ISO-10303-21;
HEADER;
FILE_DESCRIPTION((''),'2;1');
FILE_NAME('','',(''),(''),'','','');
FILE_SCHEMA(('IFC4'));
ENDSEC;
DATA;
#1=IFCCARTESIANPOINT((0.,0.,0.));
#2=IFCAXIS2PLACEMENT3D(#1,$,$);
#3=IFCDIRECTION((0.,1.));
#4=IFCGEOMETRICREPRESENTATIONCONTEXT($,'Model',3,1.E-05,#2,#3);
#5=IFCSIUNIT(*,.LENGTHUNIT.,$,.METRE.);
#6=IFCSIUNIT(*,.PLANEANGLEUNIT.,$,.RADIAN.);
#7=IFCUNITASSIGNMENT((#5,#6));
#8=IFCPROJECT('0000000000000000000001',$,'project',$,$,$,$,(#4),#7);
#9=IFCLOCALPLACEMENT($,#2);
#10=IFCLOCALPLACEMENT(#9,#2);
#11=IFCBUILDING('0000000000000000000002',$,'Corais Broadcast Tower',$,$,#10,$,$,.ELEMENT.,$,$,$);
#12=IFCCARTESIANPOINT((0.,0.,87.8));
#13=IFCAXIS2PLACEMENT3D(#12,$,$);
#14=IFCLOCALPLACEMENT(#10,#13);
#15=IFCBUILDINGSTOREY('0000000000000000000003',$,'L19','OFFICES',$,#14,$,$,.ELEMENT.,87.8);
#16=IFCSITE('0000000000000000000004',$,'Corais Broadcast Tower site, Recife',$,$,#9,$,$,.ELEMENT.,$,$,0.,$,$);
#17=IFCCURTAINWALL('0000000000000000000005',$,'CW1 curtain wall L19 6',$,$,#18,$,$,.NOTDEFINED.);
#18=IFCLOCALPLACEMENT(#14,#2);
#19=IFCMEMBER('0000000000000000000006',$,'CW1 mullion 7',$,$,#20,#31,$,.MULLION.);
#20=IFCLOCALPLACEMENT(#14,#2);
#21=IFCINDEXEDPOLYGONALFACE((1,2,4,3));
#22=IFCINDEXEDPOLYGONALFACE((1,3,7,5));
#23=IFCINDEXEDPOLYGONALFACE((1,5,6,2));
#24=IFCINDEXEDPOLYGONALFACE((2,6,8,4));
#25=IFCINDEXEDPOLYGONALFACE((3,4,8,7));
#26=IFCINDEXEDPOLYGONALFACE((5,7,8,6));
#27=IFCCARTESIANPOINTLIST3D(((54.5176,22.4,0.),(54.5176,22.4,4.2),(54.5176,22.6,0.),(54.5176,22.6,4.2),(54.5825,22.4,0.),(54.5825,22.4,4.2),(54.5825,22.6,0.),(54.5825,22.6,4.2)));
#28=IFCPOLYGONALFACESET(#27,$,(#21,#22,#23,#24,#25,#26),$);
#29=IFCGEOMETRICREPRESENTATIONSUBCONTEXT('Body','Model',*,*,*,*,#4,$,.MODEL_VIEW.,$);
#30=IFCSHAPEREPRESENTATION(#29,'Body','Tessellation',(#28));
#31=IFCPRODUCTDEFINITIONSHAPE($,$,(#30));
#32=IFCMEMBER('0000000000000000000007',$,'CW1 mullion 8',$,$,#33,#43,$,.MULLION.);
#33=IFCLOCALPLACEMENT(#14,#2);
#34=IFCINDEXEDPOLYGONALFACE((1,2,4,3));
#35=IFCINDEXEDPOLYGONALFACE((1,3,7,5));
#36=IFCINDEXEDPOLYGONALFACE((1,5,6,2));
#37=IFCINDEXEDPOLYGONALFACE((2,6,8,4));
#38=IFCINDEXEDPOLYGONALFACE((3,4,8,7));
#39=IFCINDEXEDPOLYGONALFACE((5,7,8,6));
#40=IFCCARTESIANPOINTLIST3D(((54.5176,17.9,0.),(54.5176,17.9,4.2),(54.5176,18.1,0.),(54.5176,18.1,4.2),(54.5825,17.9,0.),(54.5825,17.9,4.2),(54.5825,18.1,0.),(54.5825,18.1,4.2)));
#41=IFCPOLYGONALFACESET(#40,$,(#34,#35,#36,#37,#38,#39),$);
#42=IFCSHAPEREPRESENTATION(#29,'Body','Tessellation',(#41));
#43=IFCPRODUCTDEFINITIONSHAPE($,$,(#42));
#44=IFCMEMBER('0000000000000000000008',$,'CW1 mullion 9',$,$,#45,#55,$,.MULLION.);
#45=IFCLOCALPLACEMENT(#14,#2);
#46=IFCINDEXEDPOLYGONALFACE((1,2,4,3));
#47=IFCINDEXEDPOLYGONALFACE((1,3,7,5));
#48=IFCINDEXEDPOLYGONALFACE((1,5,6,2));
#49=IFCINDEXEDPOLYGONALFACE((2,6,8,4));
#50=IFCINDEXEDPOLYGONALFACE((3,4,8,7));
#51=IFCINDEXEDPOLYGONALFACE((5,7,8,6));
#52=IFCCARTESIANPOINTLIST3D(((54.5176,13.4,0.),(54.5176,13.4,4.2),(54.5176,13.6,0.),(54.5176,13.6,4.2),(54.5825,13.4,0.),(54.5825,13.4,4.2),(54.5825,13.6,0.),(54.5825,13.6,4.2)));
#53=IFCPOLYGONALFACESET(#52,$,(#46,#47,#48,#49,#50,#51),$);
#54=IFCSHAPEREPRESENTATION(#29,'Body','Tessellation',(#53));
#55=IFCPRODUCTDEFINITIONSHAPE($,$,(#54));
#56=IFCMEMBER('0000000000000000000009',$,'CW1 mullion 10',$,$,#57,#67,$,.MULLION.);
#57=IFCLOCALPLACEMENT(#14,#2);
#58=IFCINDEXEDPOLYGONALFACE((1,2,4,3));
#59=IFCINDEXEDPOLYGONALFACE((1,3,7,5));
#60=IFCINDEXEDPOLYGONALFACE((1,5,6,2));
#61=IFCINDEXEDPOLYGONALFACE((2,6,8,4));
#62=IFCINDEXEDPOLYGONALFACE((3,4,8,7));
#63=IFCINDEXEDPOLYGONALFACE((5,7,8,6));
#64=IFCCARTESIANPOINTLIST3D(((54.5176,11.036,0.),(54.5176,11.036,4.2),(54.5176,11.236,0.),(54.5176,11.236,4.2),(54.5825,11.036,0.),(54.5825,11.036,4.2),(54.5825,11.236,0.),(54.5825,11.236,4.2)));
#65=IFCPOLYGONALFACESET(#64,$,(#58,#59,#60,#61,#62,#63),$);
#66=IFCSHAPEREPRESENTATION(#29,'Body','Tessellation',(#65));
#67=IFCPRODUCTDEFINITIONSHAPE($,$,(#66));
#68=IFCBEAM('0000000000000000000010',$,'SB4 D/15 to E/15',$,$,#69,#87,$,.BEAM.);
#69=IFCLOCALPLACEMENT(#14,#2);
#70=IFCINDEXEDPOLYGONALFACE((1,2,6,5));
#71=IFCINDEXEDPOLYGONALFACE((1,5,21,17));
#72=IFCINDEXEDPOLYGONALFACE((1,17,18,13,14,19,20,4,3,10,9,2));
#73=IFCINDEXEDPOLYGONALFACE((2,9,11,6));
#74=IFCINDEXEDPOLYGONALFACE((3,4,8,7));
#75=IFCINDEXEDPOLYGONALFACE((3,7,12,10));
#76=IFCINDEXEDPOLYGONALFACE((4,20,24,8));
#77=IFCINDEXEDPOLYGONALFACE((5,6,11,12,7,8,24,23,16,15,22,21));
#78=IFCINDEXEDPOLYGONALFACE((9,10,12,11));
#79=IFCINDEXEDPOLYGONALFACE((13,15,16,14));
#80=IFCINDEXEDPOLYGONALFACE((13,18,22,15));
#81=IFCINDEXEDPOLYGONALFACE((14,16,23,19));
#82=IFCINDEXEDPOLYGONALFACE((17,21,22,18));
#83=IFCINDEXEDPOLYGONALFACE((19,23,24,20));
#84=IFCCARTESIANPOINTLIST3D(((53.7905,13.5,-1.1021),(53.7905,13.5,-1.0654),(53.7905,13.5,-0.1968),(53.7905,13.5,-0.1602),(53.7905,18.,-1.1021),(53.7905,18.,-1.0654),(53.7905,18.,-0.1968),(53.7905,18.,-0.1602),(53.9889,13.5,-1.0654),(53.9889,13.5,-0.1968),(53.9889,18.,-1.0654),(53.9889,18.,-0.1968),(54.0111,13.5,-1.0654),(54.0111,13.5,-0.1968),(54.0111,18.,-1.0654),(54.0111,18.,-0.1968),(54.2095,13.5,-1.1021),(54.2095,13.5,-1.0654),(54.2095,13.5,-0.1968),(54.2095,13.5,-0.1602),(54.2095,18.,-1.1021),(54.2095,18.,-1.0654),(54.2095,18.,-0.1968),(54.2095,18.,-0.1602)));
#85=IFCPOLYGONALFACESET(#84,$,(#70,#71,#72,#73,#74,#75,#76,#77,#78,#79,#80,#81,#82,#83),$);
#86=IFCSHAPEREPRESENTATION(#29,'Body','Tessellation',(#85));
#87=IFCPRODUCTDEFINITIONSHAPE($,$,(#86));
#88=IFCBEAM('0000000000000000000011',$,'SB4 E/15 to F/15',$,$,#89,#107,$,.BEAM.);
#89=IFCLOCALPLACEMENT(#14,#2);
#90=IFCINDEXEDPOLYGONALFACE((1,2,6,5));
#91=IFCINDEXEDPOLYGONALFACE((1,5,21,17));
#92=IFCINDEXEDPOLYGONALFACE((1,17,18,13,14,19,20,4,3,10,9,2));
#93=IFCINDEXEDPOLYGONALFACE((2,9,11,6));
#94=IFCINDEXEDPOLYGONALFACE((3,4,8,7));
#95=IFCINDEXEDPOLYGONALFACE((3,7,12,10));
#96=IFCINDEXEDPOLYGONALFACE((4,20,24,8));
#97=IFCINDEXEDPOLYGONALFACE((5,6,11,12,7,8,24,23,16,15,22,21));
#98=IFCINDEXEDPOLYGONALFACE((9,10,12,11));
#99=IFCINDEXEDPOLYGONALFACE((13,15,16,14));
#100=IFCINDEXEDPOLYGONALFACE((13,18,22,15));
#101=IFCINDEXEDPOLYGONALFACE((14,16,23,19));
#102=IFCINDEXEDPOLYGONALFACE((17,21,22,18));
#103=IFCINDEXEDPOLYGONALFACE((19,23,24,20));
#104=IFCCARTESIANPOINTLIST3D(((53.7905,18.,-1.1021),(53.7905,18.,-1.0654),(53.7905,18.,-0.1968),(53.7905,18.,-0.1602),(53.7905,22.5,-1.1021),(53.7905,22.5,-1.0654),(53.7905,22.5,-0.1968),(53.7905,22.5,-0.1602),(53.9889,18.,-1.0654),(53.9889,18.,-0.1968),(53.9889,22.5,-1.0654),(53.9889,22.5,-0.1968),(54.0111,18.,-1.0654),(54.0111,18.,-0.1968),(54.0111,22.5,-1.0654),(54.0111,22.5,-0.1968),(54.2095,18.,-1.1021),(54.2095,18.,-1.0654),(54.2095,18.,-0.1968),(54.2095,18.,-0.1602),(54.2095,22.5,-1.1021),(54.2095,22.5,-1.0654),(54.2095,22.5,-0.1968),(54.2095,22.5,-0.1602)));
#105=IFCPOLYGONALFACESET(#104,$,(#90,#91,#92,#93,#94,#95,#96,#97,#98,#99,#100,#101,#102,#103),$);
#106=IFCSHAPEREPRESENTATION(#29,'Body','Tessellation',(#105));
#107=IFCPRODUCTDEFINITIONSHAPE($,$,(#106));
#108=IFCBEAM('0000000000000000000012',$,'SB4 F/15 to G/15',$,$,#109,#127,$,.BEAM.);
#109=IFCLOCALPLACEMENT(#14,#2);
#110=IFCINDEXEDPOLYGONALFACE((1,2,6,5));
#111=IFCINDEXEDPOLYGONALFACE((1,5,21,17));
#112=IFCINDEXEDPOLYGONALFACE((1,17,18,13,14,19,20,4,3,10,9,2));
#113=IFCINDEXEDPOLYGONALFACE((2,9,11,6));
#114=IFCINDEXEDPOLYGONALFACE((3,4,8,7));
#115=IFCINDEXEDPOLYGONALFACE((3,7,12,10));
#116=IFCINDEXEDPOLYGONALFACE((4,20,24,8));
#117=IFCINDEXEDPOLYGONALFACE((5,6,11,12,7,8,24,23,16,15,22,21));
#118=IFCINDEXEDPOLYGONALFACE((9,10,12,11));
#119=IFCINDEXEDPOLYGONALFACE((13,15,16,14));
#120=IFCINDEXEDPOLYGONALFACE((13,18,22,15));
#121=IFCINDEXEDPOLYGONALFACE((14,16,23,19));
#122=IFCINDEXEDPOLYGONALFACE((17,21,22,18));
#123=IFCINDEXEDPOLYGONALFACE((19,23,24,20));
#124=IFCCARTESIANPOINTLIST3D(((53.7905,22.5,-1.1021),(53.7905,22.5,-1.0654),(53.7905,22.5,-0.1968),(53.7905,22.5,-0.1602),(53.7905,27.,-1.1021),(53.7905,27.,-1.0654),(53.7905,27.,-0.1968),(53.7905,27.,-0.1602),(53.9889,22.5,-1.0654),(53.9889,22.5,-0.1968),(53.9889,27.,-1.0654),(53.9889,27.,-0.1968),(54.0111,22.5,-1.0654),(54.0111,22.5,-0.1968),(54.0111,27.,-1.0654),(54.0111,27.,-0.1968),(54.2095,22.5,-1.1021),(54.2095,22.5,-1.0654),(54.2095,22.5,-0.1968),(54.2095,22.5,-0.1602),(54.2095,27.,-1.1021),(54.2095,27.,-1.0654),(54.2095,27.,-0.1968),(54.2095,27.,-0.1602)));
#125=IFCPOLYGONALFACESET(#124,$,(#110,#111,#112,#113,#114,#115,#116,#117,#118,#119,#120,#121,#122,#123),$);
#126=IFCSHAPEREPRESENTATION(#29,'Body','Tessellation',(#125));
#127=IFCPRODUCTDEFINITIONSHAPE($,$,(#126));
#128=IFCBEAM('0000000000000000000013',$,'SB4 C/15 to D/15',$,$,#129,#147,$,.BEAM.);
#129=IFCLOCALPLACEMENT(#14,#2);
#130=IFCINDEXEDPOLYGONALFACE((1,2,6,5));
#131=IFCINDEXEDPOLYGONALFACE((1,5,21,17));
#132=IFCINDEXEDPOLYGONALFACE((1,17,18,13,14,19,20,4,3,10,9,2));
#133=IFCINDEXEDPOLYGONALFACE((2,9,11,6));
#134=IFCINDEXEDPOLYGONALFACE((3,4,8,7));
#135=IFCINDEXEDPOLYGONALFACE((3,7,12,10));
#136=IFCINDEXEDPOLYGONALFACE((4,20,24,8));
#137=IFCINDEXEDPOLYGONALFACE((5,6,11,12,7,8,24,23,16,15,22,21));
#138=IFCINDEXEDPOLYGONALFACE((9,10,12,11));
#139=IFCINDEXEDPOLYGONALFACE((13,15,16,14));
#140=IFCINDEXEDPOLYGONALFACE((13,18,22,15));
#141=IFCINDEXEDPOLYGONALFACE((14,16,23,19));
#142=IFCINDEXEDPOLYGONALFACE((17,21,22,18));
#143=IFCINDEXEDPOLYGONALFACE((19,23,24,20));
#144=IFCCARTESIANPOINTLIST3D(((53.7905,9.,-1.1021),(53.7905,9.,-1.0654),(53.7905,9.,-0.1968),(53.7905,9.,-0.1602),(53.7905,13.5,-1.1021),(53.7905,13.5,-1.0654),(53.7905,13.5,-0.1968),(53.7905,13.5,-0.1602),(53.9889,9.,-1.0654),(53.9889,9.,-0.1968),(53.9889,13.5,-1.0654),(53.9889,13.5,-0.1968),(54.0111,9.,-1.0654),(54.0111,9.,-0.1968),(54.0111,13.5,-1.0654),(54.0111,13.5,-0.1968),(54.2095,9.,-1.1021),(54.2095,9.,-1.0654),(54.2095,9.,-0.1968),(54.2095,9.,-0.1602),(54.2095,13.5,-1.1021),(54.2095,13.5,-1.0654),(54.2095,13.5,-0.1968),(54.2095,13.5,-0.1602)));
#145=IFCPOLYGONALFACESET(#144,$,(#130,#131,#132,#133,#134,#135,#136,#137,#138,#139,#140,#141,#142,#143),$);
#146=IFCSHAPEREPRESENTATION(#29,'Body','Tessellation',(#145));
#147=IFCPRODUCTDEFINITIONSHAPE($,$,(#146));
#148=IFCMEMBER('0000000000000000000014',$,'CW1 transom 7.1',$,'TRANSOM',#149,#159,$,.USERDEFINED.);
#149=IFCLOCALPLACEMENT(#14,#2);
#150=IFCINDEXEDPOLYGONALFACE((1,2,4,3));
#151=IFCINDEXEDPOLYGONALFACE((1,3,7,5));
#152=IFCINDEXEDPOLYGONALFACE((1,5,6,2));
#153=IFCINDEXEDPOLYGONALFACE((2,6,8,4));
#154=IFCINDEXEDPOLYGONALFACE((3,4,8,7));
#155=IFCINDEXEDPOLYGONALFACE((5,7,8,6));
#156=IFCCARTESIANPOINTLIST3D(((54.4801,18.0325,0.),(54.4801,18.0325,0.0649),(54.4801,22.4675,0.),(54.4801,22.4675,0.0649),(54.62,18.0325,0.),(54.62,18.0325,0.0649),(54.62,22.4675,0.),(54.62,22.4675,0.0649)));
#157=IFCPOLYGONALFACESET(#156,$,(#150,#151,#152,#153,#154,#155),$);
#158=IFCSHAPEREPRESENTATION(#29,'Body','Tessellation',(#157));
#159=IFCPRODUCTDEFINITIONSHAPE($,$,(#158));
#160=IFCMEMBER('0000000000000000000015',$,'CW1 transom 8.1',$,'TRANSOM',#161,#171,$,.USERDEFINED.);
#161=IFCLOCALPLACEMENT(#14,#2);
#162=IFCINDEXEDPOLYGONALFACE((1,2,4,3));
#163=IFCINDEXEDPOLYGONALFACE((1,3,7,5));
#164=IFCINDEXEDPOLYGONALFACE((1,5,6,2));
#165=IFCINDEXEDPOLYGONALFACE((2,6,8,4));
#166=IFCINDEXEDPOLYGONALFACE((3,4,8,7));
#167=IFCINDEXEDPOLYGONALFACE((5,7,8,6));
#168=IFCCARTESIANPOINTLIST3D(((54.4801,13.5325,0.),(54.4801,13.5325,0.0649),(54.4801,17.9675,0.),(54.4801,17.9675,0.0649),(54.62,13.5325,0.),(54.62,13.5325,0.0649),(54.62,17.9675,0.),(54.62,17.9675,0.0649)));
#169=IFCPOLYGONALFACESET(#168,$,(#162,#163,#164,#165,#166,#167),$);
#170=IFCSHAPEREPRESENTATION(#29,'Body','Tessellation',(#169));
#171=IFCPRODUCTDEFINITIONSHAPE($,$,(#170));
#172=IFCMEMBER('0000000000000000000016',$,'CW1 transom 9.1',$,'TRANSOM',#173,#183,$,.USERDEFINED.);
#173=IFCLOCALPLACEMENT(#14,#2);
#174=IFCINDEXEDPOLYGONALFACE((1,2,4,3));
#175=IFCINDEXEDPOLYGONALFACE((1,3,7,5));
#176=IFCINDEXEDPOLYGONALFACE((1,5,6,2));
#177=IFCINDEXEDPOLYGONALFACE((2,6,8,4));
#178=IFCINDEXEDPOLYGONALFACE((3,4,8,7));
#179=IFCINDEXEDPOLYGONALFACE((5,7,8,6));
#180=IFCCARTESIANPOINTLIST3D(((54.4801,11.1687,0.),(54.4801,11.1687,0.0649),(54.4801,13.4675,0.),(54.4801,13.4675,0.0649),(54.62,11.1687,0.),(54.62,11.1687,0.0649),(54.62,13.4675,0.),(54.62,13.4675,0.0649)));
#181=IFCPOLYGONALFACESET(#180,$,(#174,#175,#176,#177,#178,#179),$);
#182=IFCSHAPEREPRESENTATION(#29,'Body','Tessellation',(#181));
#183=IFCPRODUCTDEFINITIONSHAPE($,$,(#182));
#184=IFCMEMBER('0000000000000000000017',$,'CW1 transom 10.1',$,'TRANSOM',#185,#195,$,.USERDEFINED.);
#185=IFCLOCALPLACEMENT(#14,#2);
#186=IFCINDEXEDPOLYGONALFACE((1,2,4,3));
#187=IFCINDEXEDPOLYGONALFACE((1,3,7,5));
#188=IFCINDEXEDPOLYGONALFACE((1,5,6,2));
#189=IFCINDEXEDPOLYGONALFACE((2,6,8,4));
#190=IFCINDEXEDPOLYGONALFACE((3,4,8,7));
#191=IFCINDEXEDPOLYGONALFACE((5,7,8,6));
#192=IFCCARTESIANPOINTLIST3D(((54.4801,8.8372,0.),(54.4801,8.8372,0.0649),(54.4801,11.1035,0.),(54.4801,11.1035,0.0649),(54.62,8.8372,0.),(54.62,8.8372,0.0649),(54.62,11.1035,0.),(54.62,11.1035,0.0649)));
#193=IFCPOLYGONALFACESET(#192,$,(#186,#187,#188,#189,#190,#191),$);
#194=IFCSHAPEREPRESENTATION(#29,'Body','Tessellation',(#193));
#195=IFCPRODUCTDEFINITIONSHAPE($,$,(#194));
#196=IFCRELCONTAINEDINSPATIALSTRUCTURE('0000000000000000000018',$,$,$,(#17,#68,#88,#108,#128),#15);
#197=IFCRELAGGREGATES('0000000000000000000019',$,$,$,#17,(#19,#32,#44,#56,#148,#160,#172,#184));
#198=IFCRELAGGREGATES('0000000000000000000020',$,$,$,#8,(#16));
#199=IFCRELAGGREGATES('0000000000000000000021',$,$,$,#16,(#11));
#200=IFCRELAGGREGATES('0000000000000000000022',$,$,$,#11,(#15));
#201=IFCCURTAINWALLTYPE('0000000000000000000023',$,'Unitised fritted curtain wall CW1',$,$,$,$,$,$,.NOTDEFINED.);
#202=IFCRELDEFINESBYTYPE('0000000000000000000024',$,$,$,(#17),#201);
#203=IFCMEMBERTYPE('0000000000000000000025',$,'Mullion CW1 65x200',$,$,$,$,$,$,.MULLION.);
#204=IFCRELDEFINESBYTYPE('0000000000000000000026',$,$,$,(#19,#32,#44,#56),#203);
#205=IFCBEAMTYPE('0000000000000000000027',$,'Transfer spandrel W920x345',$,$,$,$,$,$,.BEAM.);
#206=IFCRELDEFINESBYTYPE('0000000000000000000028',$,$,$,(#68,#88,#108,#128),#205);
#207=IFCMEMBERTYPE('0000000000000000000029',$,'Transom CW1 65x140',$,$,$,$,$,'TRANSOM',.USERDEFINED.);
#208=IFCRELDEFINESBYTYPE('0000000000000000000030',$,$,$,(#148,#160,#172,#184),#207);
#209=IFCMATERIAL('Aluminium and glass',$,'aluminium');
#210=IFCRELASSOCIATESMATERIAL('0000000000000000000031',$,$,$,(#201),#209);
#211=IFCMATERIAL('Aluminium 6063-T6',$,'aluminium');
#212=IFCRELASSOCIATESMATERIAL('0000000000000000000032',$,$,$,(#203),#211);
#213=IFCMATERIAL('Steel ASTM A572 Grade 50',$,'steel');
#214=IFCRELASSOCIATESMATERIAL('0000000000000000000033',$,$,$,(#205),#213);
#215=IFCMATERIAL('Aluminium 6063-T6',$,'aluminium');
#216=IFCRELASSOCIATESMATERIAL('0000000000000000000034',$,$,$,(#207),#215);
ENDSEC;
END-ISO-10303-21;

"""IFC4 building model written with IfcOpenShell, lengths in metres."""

from ifc_helpers import new_model, si_unit, direction, frame, origin, origin_2d, place, context, subcontext, project, spatial, rectangle, i_section, extrude, material, material_profile, profile_set, type_object, element, aggregate, save


model = new_model("IFC4")

# Units and contexts
model_context = context("Model", 3, precision=1e-05, world=origin(), true_north=direction((0.0, 1.0)))
body_context = subcontext(model_context, "Body", "Model", "MODEL_VIEW")
ifc_project = project(units=[si_unit("LENGTHUNIT", "METRE"), si_unit("PLANEANGLEUNIT", "RADIAN")], contexts=[model_context])

# Site, building, storey
site_placement = place(None, origin())
site = spatial("IfcSite", under=ifc_project, at=site_placement, Name="Corais Broadcast Tower site, Recife", CompositionType="ELEMENT", RefElevation=0.0)
building_placement = place(site_placement, origin())
building = spatial("IfcBuilding", under=site, at=building_placement, Name="Corais Broadcast Tower", CompositionType="ELEMENT")
storey_placement = place(building_placement, frame((0.0, 0.0, 87.8)))
storey = spatial("IfcBuildingStorey", under=building, at=storey_placement, Name="L19", Description="OFFICES", CompositionType="ELEMENT", Elevation=87.8)

# Curtain wall, members
ifc_material_1 = material(Name="Aluminium and glass", Category="aluminium")
curtain_wall_type = type_object("IfcCurtainWallType", Name="Unitised fritted curtain wall CW1", PredefinedType="NOTDEFINED", material=ifc_material_1)
curtain_wall_placement = place(storey_placement, origin())
curtain_wall = element("IfcCurtainWall", 1, at=curtain_wall_placement, inside=storey, type_object=curtain_wall_type, Name="CW1 curtain wall L19 6", PredefinedType="NOTDEFINED")
ifc_material_2 = material(Name="Aluminium 6063-T6", Category="aluminium")
ifc_material_profile_1 = material_profile(ifc_material_2, rectangle(XDim=0.0649, YDim=0.2, at=origin_2d()), Name="Mullion CW1 65x200")
ifc_profile_set_1 = profile_set([ifc_material_profile_1], Name="Aluminium 6063-T6")
member_type_1 = type_object("IfcMemberType", Name="Mullion CW1 65x200", PredefinedType="MULLION", material=ifc_profile_set_1)
member_1_placement = place(storey_placement, frame((54.55, 22.5, 0.0), z_axis=(0.0, 0.0, 1.0), x_axis=(1.0, 0.0, 0.0)))
member_1 = element("IfcMember", 2, at=member_1_placement, type_object=member_type_1, Name="CW1 mullion 7", PredefinedType="MULLION", context=body_context, shape_type="SweptSolid", body=[
    extrude(rectangle(XDim=0.0649, YDim=0.2, at=origin_2d()), origin(), (0.0, 0.0, 1.0), 4.2),
])
member_2_placement = place(storey_placement, frame((54.55, 18.0, 0.0), z_axis=(0.0, 0.0, 1.0), x_axis=(1.0, 0.0, 0.0)))
member_2 = element("IfcMember", 3, at=member_2_placement, type_object=member_type_1, Name="CW1 mullion 8", PredefinedType="MULLION", context=body_context, shape_type="SweptSolid", body=[
    extrude(rectangle(XDim=0.0649, YDim=0.2, at=origin_2d()), origin(), (0.0, 0.0, 1.0), 4.2),
])
member_3_placement = place(storey_placement, frame((54.55, 13.5, 0.0), z_axis=(0.0, 0.0, 1.0), x_axis=(1.0, 0.0, 0.0)))
member_3 = element("IfcMember", 4, at=member_3_placement, type_object=member_type_1, Name="CW1 mullion 9", PredefinedType="MULLION", context=body_context, shape_type="SweptSolid", body=[
    extrude(rectangle(XDim=0.0649, YDim=0.2, at=origin_2d()), origin(), (0.0, 0.0, 1.0), 4.2),
])
member_4_placement = place(storey_placement, frame((54.55, 11.136, 0.0), z_axis=(0.0, 0.0, 1.0), x_axis=(1.0, 0.0, 0.0)))
member_4 = element("IfcMember", 5, at=member_4_placement, type_object=member_type_1, Name="CW1 mullion 10", PredefinedType="MULLION", context=body_context, shape_type="SweptSolid", body=[
    extrude(rectangle(XDim=0.0649, YDim=0.2, at=origin_2d()), origin(), (0.0, 0.0, 1.0), 4.2),
])

# Beams
ifc_material_3 = material(Name="Steel ASTM A572 Grade 50", Category="steel")
ifc_material_profile_2 = material_profile(ifc_material_3, i_section(OverallWidth=0.4189, OverallDepth=0.9419, WebThickness=0.0222, FlangeThickness=0.0366, at=origin_2d()), Name="W920x345")
ifc_profile_set_2 = profile_set([ifc_material_profile_2], Name="Steel ASTM A572 Grade 50")
beam_type_1 = type_object("IfcBeamType", Name="Transfer spandrel W920x345", PredefinedType="BEAM", material=ifc_profile_set_2)
for number, where, z_axis, x_axis, name in (
    (6, (54.0, 13.5, -0.6311), (0.0, 1.0, 0.0), (-1.0, 0.0, 0.0), "SB4 D/15 to E/15"),
    (7, (54.0, 18.0, -0.6311), (0.0, 1.0, 0.0), (-1.0, 0.0, 0.0), "SB4 E/15 to F/15"),
    (8, (54.0, 22.5, -0.6311), (0.0, 1.0, 0.0), (-1.0, 0.0, 0.0), "SB4 F/15 to G/15"),
    (9, (54.0, 9.0, -0.6311), (0.0, 1.0, 0.0), (-1.0, 0.0, 0.0), "SB4 C/15 to D/15"),
):
    element("IfcBeam", number, at=place(storey_placement, frame(where, z_axis=z_axis, x_axis=x_axis)), inside=storey, type_object=beam_type_1, Name=name, PredefinedType="BEAM", context=body_context, shape_type="SweptSolid", body=[
        extrude(i_section(OverallWidth=0.4189, OverallDepth=0.9419, WebThickness=0.0222, FlangeThickness=0.0366, at=origin_2d()), origin(), (0.0, 0.0, 1.0), 4.5),
    ])

# Members
ifc_material_4 = material(Name="Aluminium 6063-T6", Category="aluminium")
ifc_material_profile_3 = material_profile(ifc_material_4, rectangle(XDim=0.1399, YDim=0.0649, at=origin_2d()), Name="Transom CW1 65x140")
ifc_profile_set_3 = profile_set([ifc_material_profile_3], Name="Aluminium 6063-T6")
member_type_2 = type_object("IfcMemberType", Name="Transom CW1 65x140", ElementType="TRANSOM", PredefinedType="USERDEFINED", material=ifc_profile_set_3)
member_5_placement = place(storey_placement, frame((54.55, 22.4675, 0.0325), z_axis=(0.0, -1.0, 0.0), x_axis=(1.0, 0.0, 0.0)))
member_5 = element("IfcMember", 10, at=member_5_placement, type_object=member_type_2, Name="CW1 transom 7.1", ObjectType="TRANSOM", PredefinedType="USERDEFINED", context=body_context, shape_type="SweptSolid", body=[
    extrude(rectangle(XDim=0.1399, YDim=0.0649, at=origin_2d()), origin(), (0.0, 0.0, 1.0), 4.4351),
])
member_6_placement = place(storey_placement, frame((54.55, 17.9675, 0.0325), z_axis=(0.0, -1.0, 0.0), x_axis=(1.0, 0.0, 0.0)))
member_6 = element("IfcMember", 11, at=member_6_placement, type_object=member_type_2, Name="CW1 transom 8.1", ObjectType="TRANSOM", PredefinedType="USERDEFINED", context=body_context, shape_type="SweptSolid", body=[
    extrude(rectangle(XDim=0.1399, YDim=0.0649, at=origin_2d()), origin(), (0.0, 0.0, 1.0), 4.4351),
])
member_7_placement = place(storey_placement, frame((54.55, 13.4675, 0.0325), z_axis=(0.0, -1.0, 0.0), x_axis=(1.0, 0.0, 0.0)))
member_7 = element("IfcMember", 12, at=member_7_placement, type_object=member_type_2, Name="CW1 transom 9.1", ObjectType="TRANSOM", PredefinedType="USERDEFINED", context=body_context, shape_type="SweptSolid", body=[
    extrude(rectangle(XDim=0.1399, YDim=0.0649, at=origin_2d()), origin(), (0.0, 0.0, 1.0), 2.2988),
])
member_8_placement = place(storey_placement, frame((54.55, 11.1035, 0.0325), z_axis=(0.0, -1.0, 0.0), x_axis=(1.0, 0.0, 0.0)))
member_8 = element("IfcMember", 13, at=member_8_placement, type_object=member_type_2, Name="CW1 transom 10.1", ObjectType="TRANSOM", PredefinedType="USERDEFINED", context=body_context, shape_type="SweptSolid", body=[
    extrude(rectangle(XDim=0.1399, YDim=0.0649, at=origin_2d()), origin(), (0.0, 0.0, 1.0), 2.2664),
])

aggregate(curtain_wall, [member_1, member_2, member_3, member_4, member_5, member_6, member_7, member_8])

save(model, "model.ifc")
